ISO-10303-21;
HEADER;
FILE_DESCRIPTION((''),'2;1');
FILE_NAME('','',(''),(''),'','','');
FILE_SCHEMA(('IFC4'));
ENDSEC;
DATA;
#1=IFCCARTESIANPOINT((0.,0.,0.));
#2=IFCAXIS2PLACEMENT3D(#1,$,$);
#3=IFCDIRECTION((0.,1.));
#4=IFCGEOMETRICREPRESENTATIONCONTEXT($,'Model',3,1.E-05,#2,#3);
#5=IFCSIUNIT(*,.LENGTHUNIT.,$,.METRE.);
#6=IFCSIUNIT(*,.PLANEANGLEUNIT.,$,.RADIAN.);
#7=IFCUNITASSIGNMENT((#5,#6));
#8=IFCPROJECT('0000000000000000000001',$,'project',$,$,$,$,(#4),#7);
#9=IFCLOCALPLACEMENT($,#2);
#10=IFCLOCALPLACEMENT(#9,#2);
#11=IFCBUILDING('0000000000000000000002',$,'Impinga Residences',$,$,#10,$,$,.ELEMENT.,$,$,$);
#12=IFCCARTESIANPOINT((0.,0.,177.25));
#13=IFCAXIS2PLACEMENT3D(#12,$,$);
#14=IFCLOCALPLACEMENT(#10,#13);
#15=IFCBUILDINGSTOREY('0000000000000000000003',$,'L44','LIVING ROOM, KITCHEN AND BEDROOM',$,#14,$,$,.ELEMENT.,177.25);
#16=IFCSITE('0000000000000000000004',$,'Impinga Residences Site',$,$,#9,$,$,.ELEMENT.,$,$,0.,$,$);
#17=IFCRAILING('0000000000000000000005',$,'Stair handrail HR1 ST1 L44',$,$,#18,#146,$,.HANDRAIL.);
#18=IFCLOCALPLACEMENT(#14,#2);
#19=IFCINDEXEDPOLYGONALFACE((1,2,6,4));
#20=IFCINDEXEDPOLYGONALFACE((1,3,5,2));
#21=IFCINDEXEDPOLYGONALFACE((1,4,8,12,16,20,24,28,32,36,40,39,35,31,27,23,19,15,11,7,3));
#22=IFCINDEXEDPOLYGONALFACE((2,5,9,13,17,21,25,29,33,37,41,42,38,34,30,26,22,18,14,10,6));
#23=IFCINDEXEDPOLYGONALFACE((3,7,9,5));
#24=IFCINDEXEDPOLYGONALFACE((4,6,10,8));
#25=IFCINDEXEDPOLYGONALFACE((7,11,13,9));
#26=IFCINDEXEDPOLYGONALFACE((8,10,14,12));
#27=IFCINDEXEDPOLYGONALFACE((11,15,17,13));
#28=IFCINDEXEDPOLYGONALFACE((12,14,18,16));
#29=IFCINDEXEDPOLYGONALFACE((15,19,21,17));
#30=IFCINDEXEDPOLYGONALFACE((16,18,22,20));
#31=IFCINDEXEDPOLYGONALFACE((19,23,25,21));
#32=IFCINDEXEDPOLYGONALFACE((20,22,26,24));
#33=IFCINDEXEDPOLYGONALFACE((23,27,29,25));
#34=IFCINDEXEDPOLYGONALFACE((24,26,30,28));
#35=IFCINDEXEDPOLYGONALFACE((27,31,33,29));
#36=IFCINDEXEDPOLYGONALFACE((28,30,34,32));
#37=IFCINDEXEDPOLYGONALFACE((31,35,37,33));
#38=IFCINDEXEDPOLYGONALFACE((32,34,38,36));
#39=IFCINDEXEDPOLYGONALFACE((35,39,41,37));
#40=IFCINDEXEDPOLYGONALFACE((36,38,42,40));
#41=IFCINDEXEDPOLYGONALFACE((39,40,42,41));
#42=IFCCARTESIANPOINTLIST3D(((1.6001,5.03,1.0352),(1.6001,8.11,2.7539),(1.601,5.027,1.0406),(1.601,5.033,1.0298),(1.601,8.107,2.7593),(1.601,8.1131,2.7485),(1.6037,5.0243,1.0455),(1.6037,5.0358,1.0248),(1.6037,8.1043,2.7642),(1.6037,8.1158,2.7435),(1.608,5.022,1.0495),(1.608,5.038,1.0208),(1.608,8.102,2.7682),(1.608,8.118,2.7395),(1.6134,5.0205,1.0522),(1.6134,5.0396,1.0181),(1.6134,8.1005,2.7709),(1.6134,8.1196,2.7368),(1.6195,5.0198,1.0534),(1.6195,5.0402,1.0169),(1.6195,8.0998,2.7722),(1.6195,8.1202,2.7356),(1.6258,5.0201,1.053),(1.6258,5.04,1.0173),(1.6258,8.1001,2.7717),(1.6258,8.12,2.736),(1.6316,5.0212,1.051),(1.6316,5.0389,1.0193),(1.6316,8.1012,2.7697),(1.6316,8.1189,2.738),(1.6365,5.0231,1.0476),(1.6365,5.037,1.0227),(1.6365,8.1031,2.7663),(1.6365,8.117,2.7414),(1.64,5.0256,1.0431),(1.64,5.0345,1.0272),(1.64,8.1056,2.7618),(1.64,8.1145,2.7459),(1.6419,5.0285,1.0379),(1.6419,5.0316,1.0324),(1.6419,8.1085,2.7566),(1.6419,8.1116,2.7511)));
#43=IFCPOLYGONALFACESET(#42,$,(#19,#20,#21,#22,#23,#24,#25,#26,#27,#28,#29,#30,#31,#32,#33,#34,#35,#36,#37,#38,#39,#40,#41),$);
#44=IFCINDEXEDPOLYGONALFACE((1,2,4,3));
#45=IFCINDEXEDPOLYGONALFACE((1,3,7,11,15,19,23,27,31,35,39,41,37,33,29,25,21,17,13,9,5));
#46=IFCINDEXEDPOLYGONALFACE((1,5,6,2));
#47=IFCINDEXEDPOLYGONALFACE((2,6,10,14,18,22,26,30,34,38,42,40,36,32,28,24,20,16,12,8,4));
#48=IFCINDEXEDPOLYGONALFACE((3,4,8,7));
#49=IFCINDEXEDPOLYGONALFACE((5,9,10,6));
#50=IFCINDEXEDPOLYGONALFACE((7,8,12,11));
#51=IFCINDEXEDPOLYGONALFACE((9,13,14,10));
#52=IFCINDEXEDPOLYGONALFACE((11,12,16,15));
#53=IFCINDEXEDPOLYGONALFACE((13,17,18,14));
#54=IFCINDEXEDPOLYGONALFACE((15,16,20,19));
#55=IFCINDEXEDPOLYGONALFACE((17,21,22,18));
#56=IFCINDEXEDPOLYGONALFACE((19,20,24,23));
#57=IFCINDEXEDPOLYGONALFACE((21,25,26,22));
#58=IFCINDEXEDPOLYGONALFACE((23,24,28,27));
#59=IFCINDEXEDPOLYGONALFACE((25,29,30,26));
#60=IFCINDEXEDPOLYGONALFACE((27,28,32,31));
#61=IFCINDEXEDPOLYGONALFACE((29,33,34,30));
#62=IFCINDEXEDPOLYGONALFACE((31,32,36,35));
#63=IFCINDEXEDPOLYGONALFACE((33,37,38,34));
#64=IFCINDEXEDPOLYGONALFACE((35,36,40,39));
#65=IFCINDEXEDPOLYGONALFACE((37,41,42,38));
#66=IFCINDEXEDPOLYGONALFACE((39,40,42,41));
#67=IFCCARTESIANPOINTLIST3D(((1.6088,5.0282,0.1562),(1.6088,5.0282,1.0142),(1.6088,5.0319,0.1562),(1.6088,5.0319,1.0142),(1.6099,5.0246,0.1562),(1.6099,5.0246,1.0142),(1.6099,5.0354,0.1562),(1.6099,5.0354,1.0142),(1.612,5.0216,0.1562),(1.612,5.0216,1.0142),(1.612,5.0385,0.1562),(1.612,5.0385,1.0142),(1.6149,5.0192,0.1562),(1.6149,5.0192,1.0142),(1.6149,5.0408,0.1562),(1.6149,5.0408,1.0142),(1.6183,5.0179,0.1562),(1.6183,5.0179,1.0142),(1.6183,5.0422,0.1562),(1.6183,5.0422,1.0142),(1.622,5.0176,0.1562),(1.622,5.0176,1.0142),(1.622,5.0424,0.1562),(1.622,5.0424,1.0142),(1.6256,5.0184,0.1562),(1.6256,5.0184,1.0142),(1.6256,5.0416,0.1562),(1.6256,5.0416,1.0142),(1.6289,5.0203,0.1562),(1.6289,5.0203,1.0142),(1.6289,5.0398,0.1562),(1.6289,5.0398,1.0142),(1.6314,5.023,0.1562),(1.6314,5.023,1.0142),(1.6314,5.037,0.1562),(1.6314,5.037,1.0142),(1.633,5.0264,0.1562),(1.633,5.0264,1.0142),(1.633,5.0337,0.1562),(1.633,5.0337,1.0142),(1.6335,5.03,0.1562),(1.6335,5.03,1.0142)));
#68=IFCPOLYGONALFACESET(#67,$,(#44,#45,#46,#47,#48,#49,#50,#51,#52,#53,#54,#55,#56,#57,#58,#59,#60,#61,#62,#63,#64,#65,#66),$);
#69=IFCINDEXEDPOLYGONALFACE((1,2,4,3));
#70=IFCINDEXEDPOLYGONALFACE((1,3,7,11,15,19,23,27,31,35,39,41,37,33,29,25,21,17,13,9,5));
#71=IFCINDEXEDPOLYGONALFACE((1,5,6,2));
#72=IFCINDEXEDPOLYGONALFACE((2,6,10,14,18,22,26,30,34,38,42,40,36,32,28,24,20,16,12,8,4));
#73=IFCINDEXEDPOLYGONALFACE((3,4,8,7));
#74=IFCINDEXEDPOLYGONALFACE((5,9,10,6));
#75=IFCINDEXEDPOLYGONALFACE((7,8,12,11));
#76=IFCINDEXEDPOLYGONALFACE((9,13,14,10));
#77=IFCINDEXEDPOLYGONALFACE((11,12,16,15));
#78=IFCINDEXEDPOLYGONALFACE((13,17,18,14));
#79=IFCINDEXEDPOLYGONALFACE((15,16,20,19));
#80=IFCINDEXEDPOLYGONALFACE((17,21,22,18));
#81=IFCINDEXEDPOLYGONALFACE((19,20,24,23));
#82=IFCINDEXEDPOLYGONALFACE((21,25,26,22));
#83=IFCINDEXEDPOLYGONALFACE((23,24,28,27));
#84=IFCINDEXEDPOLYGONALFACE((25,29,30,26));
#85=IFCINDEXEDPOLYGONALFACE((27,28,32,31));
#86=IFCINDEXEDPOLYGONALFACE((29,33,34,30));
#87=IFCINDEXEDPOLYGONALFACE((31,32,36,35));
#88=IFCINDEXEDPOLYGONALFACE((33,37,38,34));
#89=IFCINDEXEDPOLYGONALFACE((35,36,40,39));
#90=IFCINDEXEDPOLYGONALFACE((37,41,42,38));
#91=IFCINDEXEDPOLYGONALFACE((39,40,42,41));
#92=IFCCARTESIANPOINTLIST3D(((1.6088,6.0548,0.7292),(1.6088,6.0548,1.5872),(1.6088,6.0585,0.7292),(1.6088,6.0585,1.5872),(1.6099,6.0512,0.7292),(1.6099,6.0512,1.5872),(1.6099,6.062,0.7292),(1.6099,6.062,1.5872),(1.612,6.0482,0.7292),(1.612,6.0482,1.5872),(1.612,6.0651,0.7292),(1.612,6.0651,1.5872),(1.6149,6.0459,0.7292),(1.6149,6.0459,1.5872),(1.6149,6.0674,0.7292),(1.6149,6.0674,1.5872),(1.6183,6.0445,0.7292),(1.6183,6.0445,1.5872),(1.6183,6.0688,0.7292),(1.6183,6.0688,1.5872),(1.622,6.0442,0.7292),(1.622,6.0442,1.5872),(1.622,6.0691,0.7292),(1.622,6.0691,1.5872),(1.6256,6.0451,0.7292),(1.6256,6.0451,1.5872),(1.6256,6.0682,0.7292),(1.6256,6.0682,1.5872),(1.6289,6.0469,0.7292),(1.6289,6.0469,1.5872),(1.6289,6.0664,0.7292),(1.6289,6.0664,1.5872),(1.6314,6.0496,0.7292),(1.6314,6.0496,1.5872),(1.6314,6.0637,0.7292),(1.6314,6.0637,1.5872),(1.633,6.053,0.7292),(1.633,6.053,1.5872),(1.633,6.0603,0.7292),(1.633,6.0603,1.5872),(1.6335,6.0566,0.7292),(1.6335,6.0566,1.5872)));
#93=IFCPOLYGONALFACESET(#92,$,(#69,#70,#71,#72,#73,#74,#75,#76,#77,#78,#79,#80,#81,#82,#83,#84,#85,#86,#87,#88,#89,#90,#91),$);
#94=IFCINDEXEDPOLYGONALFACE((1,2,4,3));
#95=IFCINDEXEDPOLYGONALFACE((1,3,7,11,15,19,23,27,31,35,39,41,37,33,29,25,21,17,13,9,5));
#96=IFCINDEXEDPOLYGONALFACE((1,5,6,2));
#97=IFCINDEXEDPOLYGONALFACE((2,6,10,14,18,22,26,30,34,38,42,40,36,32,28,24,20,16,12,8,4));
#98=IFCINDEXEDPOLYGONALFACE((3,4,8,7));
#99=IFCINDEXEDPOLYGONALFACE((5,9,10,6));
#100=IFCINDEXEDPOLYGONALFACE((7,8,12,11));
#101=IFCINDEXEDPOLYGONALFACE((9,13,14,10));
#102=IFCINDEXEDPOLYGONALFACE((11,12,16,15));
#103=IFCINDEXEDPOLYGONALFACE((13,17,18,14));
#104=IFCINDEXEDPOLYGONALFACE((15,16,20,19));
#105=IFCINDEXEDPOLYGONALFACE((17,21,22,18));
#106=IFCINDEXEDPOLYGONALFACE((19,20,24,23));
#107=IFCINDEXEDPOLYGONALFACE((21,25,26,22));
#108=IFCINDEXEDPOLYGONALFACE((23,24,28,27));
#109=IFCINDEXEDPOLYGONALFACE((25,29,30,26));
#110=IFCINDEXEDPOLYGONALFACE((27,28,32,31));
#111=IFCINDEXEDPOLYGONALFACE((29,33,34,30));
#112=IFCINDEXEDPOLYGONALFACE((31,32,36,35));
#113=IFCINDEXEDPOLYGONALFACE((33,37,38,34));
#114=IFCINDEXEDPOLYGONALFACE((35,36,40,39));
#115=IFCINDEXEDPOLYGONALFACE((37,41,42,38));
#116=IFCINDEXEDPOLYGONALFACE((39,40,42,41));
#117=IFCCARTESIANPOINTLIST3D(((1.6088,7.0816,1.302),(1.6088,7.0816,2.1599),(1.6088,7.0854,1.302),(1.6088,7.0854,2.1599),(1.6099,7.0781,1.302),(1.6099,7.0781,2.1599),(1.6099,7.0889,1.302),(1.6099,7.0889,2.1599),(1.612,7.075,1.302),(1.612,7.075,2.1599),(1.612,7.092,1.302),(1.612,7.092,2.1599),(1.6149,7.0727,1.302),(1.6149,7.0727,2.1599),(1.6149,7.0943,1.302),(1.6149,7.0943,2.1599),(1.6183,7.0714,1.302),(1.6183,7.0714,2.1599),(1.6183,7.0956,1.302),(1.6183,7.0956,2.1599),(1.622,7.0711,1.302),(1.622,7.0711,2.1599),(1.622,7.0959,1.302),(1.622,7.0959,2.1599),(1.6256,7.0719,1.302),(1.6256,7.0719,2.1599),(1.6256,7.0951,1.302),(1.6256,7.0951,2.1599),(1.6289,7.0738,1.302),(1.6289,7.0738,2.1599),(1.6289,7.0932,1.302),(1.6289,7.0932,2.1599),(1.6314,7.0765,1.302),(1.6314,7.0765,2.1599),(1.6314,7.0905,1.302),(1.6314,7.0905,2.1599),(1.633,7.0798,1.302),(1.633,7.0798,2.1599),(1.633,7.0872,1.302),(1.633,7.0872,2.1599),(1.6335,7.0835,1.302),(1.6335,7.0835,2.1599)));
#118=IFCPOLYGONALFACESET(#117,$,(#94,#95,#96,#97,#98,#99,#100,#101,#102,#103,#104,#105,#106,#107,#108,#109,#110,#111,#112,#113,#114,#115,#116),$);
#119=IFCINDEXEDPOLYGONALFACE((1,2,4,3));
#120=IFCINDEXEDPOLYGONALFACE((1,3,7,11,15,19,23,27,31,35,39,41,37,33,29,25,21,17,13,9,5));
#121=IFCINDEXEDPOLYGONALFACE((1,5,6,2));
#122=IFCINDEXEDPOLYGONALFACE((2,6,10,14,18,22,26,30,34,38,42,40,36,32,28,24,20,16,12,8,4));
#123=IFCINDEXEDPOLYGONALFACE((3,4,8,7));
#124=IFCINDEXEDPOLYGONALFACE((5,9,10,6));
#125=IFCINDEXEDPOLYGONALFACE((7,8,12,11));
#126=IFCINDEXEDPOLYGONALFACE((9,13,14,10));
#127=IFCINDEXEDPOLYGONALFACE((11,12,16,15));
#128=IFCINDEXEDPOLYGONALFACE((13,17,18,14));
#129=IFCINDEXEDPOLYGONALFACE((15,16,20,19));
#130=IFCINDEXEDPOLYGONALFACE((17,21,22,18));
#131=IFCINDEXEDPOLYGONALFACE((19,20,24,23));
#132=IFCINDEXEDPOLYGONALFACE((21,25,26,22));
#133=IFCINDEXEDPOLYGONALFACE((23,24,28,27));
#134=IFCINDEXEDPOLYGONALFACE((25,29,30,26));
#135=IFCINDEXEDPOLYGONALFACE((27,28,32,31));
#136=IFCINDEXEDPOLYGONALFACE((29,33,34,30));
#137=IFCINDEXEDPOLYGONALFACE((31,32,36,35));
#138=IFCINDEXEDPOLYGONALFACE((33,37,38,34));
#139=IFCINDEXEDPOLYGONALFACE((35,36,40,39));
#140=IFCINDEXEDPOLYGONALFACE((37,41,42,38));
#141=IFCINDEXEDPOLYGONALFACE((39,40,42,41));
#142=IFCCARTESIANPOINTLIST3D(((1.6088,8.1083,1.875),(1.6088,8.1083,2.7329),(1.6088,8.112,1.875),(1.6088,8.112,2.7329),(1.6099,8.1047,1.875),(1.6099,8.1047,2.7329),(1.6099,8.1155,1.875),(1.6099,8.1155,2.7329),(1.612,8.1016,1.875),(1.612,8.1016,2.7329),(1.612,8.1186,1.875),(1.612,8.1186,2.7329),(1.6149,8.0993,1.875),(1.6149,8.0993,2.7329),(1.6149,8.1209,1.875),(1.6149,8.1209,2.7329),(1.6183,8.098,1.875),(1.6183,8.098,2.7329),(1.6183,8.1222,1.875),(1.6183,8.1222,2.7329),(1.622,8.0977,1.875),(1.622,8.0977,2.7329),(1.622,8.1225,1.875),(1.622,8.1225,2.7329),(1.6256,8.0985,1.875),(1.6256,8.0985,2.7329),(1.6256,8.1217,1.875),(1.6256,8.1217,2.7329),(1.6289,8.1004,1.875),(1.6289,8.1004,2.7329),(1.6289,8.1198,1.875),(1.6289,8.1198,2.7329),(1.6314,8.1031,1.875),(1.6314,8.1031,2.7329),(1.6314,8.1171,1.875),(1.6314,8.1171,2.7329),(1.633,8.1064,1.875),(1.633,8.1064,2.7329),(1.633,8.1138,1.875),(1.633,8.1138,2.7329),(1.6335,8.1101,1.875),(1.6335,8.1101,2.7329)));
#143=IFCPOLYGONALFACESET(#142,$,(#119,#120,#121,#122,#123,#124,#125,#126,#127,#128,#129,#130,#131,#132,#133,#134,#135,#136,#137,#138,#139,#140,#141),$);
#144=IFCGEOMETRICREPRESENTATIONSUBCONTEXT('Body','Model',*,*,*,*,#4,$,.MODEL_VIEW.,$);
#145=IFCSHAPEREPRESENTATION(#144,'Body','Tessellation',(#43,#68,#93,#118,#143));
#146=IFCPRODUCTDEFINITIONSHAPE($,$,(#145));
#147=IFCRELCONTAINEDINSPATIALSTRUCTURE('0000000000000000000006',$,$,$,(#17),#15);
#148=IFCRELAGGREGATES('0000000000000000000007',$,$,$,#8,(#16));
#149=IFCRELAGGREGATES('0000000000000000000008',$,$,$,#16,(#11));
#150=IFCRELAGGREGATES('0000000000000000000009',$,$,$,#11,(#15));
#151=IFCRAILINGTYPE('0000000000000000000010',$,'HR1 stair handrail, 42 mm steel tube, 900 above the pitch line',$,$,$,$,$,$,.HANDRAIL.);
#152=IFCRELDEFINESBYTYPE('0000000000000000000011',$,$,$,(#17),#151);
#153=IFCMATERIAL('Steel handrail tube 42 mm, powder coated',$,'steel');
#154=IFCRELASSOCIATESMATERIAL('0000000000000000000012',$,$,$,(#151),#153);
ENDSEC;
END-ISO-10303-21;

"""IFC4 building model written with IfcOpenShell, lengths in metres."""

from ifc_helpers import new_model, si_unit, direction, frame, origin, origin_2d, place, context, subcontext, project, spatial, circle, extrude, material, type_object, element, save


model = new_model("IFC4")

# Units and contexts
model_context = context("Model", 3, precision=1e-05, world=origin(), true_north=direction((0.0, 1.0)))
body_context = subcontext(model_context, "Body", "Model", "MODEL_VIEW")
ifc_project = project(units=[si_unit("LENGTHUNIT", "METRE"), si_unit("PLANEANGLEUNIT", "RADIAN")], contexts=[model_context])

# Site, building, storey
site_placement = place(None, origin())
site = spatial("IfcSite", under=ifc_project, at=site_placement, Name="Impinga Residences Site", CompositionType="ELEMENT", RefElevation=0.0)
building_placement = place(site_placement, origin())
building = spatial("IfcBuilding", under=site, at=building_placement, Name="Impinga Residences", CompositionType="ELEMENT")
storey_placement = place(building_placement, frame((0.0, 0.0, 177.25)))
storey = spatial("IfcBuildingStorey", under=building, at=storey_placement, Name="L44", Description="LIVING ROOM, KITCHEN AND BEDROOM", CompositionType="ELEMENT", Elevation=177.25)

# Railing
ifc_material_1 = material(Name="Steel handrail tube 42 mm, powder coated", Category="steel")
railing_type_1 = type_object("IfcRailingType", Name="HR1 stair handrail, 42 mm steel tube, 900 above the pitch line", PredefinedType="HANDRAIL", material=ifc_material_1)
railing_1_placement = place(storey_placement, frame((1.6211, 5.03, 0.1562)))
element("IfcRailing", 1, at=railing_1_placement, inside=storey, type_object=railing_type_1, Name="Stair handrail HR1 ST1 L44", PredefinedType="HANDRAIL", context=body_context, shape_type="SweptSolid", body=[
    extrude(circle(Radius=0.021, at=origin_2d()), frame((0.0, 0.0, 0.8789), z_axis=(0.0, 0.873242, 0.487288), x_axis=(-1.0, 0.0, 0.0)), (0.0, 0.0, 1.0), 3.5271),
    extrude(circle(Radius=0.0125, at=origin_2d()), origin(), (0.0, 0.0, 1.0), 0.8579),
    extrude(circle(Radius=0.0125, at=origin_2d()), frame((0.0, 1.0266, 0.573)), (0.0, 0.0, 1.0), 0.8579),
    extrude(circle(Radius=0.0125, at=origin_2d()), frame((0.0, 2.0535, 1.1458)), (0.0, 0.0, 1.0), 0.8579),
    extrude(circle(Radius=0.0125, at=origin_2d()), frame((0.0, 3.0801, 1.7188)), (0.0, 0.0, 1.0), 0.8579),
])

save(model, "model.ifc")
